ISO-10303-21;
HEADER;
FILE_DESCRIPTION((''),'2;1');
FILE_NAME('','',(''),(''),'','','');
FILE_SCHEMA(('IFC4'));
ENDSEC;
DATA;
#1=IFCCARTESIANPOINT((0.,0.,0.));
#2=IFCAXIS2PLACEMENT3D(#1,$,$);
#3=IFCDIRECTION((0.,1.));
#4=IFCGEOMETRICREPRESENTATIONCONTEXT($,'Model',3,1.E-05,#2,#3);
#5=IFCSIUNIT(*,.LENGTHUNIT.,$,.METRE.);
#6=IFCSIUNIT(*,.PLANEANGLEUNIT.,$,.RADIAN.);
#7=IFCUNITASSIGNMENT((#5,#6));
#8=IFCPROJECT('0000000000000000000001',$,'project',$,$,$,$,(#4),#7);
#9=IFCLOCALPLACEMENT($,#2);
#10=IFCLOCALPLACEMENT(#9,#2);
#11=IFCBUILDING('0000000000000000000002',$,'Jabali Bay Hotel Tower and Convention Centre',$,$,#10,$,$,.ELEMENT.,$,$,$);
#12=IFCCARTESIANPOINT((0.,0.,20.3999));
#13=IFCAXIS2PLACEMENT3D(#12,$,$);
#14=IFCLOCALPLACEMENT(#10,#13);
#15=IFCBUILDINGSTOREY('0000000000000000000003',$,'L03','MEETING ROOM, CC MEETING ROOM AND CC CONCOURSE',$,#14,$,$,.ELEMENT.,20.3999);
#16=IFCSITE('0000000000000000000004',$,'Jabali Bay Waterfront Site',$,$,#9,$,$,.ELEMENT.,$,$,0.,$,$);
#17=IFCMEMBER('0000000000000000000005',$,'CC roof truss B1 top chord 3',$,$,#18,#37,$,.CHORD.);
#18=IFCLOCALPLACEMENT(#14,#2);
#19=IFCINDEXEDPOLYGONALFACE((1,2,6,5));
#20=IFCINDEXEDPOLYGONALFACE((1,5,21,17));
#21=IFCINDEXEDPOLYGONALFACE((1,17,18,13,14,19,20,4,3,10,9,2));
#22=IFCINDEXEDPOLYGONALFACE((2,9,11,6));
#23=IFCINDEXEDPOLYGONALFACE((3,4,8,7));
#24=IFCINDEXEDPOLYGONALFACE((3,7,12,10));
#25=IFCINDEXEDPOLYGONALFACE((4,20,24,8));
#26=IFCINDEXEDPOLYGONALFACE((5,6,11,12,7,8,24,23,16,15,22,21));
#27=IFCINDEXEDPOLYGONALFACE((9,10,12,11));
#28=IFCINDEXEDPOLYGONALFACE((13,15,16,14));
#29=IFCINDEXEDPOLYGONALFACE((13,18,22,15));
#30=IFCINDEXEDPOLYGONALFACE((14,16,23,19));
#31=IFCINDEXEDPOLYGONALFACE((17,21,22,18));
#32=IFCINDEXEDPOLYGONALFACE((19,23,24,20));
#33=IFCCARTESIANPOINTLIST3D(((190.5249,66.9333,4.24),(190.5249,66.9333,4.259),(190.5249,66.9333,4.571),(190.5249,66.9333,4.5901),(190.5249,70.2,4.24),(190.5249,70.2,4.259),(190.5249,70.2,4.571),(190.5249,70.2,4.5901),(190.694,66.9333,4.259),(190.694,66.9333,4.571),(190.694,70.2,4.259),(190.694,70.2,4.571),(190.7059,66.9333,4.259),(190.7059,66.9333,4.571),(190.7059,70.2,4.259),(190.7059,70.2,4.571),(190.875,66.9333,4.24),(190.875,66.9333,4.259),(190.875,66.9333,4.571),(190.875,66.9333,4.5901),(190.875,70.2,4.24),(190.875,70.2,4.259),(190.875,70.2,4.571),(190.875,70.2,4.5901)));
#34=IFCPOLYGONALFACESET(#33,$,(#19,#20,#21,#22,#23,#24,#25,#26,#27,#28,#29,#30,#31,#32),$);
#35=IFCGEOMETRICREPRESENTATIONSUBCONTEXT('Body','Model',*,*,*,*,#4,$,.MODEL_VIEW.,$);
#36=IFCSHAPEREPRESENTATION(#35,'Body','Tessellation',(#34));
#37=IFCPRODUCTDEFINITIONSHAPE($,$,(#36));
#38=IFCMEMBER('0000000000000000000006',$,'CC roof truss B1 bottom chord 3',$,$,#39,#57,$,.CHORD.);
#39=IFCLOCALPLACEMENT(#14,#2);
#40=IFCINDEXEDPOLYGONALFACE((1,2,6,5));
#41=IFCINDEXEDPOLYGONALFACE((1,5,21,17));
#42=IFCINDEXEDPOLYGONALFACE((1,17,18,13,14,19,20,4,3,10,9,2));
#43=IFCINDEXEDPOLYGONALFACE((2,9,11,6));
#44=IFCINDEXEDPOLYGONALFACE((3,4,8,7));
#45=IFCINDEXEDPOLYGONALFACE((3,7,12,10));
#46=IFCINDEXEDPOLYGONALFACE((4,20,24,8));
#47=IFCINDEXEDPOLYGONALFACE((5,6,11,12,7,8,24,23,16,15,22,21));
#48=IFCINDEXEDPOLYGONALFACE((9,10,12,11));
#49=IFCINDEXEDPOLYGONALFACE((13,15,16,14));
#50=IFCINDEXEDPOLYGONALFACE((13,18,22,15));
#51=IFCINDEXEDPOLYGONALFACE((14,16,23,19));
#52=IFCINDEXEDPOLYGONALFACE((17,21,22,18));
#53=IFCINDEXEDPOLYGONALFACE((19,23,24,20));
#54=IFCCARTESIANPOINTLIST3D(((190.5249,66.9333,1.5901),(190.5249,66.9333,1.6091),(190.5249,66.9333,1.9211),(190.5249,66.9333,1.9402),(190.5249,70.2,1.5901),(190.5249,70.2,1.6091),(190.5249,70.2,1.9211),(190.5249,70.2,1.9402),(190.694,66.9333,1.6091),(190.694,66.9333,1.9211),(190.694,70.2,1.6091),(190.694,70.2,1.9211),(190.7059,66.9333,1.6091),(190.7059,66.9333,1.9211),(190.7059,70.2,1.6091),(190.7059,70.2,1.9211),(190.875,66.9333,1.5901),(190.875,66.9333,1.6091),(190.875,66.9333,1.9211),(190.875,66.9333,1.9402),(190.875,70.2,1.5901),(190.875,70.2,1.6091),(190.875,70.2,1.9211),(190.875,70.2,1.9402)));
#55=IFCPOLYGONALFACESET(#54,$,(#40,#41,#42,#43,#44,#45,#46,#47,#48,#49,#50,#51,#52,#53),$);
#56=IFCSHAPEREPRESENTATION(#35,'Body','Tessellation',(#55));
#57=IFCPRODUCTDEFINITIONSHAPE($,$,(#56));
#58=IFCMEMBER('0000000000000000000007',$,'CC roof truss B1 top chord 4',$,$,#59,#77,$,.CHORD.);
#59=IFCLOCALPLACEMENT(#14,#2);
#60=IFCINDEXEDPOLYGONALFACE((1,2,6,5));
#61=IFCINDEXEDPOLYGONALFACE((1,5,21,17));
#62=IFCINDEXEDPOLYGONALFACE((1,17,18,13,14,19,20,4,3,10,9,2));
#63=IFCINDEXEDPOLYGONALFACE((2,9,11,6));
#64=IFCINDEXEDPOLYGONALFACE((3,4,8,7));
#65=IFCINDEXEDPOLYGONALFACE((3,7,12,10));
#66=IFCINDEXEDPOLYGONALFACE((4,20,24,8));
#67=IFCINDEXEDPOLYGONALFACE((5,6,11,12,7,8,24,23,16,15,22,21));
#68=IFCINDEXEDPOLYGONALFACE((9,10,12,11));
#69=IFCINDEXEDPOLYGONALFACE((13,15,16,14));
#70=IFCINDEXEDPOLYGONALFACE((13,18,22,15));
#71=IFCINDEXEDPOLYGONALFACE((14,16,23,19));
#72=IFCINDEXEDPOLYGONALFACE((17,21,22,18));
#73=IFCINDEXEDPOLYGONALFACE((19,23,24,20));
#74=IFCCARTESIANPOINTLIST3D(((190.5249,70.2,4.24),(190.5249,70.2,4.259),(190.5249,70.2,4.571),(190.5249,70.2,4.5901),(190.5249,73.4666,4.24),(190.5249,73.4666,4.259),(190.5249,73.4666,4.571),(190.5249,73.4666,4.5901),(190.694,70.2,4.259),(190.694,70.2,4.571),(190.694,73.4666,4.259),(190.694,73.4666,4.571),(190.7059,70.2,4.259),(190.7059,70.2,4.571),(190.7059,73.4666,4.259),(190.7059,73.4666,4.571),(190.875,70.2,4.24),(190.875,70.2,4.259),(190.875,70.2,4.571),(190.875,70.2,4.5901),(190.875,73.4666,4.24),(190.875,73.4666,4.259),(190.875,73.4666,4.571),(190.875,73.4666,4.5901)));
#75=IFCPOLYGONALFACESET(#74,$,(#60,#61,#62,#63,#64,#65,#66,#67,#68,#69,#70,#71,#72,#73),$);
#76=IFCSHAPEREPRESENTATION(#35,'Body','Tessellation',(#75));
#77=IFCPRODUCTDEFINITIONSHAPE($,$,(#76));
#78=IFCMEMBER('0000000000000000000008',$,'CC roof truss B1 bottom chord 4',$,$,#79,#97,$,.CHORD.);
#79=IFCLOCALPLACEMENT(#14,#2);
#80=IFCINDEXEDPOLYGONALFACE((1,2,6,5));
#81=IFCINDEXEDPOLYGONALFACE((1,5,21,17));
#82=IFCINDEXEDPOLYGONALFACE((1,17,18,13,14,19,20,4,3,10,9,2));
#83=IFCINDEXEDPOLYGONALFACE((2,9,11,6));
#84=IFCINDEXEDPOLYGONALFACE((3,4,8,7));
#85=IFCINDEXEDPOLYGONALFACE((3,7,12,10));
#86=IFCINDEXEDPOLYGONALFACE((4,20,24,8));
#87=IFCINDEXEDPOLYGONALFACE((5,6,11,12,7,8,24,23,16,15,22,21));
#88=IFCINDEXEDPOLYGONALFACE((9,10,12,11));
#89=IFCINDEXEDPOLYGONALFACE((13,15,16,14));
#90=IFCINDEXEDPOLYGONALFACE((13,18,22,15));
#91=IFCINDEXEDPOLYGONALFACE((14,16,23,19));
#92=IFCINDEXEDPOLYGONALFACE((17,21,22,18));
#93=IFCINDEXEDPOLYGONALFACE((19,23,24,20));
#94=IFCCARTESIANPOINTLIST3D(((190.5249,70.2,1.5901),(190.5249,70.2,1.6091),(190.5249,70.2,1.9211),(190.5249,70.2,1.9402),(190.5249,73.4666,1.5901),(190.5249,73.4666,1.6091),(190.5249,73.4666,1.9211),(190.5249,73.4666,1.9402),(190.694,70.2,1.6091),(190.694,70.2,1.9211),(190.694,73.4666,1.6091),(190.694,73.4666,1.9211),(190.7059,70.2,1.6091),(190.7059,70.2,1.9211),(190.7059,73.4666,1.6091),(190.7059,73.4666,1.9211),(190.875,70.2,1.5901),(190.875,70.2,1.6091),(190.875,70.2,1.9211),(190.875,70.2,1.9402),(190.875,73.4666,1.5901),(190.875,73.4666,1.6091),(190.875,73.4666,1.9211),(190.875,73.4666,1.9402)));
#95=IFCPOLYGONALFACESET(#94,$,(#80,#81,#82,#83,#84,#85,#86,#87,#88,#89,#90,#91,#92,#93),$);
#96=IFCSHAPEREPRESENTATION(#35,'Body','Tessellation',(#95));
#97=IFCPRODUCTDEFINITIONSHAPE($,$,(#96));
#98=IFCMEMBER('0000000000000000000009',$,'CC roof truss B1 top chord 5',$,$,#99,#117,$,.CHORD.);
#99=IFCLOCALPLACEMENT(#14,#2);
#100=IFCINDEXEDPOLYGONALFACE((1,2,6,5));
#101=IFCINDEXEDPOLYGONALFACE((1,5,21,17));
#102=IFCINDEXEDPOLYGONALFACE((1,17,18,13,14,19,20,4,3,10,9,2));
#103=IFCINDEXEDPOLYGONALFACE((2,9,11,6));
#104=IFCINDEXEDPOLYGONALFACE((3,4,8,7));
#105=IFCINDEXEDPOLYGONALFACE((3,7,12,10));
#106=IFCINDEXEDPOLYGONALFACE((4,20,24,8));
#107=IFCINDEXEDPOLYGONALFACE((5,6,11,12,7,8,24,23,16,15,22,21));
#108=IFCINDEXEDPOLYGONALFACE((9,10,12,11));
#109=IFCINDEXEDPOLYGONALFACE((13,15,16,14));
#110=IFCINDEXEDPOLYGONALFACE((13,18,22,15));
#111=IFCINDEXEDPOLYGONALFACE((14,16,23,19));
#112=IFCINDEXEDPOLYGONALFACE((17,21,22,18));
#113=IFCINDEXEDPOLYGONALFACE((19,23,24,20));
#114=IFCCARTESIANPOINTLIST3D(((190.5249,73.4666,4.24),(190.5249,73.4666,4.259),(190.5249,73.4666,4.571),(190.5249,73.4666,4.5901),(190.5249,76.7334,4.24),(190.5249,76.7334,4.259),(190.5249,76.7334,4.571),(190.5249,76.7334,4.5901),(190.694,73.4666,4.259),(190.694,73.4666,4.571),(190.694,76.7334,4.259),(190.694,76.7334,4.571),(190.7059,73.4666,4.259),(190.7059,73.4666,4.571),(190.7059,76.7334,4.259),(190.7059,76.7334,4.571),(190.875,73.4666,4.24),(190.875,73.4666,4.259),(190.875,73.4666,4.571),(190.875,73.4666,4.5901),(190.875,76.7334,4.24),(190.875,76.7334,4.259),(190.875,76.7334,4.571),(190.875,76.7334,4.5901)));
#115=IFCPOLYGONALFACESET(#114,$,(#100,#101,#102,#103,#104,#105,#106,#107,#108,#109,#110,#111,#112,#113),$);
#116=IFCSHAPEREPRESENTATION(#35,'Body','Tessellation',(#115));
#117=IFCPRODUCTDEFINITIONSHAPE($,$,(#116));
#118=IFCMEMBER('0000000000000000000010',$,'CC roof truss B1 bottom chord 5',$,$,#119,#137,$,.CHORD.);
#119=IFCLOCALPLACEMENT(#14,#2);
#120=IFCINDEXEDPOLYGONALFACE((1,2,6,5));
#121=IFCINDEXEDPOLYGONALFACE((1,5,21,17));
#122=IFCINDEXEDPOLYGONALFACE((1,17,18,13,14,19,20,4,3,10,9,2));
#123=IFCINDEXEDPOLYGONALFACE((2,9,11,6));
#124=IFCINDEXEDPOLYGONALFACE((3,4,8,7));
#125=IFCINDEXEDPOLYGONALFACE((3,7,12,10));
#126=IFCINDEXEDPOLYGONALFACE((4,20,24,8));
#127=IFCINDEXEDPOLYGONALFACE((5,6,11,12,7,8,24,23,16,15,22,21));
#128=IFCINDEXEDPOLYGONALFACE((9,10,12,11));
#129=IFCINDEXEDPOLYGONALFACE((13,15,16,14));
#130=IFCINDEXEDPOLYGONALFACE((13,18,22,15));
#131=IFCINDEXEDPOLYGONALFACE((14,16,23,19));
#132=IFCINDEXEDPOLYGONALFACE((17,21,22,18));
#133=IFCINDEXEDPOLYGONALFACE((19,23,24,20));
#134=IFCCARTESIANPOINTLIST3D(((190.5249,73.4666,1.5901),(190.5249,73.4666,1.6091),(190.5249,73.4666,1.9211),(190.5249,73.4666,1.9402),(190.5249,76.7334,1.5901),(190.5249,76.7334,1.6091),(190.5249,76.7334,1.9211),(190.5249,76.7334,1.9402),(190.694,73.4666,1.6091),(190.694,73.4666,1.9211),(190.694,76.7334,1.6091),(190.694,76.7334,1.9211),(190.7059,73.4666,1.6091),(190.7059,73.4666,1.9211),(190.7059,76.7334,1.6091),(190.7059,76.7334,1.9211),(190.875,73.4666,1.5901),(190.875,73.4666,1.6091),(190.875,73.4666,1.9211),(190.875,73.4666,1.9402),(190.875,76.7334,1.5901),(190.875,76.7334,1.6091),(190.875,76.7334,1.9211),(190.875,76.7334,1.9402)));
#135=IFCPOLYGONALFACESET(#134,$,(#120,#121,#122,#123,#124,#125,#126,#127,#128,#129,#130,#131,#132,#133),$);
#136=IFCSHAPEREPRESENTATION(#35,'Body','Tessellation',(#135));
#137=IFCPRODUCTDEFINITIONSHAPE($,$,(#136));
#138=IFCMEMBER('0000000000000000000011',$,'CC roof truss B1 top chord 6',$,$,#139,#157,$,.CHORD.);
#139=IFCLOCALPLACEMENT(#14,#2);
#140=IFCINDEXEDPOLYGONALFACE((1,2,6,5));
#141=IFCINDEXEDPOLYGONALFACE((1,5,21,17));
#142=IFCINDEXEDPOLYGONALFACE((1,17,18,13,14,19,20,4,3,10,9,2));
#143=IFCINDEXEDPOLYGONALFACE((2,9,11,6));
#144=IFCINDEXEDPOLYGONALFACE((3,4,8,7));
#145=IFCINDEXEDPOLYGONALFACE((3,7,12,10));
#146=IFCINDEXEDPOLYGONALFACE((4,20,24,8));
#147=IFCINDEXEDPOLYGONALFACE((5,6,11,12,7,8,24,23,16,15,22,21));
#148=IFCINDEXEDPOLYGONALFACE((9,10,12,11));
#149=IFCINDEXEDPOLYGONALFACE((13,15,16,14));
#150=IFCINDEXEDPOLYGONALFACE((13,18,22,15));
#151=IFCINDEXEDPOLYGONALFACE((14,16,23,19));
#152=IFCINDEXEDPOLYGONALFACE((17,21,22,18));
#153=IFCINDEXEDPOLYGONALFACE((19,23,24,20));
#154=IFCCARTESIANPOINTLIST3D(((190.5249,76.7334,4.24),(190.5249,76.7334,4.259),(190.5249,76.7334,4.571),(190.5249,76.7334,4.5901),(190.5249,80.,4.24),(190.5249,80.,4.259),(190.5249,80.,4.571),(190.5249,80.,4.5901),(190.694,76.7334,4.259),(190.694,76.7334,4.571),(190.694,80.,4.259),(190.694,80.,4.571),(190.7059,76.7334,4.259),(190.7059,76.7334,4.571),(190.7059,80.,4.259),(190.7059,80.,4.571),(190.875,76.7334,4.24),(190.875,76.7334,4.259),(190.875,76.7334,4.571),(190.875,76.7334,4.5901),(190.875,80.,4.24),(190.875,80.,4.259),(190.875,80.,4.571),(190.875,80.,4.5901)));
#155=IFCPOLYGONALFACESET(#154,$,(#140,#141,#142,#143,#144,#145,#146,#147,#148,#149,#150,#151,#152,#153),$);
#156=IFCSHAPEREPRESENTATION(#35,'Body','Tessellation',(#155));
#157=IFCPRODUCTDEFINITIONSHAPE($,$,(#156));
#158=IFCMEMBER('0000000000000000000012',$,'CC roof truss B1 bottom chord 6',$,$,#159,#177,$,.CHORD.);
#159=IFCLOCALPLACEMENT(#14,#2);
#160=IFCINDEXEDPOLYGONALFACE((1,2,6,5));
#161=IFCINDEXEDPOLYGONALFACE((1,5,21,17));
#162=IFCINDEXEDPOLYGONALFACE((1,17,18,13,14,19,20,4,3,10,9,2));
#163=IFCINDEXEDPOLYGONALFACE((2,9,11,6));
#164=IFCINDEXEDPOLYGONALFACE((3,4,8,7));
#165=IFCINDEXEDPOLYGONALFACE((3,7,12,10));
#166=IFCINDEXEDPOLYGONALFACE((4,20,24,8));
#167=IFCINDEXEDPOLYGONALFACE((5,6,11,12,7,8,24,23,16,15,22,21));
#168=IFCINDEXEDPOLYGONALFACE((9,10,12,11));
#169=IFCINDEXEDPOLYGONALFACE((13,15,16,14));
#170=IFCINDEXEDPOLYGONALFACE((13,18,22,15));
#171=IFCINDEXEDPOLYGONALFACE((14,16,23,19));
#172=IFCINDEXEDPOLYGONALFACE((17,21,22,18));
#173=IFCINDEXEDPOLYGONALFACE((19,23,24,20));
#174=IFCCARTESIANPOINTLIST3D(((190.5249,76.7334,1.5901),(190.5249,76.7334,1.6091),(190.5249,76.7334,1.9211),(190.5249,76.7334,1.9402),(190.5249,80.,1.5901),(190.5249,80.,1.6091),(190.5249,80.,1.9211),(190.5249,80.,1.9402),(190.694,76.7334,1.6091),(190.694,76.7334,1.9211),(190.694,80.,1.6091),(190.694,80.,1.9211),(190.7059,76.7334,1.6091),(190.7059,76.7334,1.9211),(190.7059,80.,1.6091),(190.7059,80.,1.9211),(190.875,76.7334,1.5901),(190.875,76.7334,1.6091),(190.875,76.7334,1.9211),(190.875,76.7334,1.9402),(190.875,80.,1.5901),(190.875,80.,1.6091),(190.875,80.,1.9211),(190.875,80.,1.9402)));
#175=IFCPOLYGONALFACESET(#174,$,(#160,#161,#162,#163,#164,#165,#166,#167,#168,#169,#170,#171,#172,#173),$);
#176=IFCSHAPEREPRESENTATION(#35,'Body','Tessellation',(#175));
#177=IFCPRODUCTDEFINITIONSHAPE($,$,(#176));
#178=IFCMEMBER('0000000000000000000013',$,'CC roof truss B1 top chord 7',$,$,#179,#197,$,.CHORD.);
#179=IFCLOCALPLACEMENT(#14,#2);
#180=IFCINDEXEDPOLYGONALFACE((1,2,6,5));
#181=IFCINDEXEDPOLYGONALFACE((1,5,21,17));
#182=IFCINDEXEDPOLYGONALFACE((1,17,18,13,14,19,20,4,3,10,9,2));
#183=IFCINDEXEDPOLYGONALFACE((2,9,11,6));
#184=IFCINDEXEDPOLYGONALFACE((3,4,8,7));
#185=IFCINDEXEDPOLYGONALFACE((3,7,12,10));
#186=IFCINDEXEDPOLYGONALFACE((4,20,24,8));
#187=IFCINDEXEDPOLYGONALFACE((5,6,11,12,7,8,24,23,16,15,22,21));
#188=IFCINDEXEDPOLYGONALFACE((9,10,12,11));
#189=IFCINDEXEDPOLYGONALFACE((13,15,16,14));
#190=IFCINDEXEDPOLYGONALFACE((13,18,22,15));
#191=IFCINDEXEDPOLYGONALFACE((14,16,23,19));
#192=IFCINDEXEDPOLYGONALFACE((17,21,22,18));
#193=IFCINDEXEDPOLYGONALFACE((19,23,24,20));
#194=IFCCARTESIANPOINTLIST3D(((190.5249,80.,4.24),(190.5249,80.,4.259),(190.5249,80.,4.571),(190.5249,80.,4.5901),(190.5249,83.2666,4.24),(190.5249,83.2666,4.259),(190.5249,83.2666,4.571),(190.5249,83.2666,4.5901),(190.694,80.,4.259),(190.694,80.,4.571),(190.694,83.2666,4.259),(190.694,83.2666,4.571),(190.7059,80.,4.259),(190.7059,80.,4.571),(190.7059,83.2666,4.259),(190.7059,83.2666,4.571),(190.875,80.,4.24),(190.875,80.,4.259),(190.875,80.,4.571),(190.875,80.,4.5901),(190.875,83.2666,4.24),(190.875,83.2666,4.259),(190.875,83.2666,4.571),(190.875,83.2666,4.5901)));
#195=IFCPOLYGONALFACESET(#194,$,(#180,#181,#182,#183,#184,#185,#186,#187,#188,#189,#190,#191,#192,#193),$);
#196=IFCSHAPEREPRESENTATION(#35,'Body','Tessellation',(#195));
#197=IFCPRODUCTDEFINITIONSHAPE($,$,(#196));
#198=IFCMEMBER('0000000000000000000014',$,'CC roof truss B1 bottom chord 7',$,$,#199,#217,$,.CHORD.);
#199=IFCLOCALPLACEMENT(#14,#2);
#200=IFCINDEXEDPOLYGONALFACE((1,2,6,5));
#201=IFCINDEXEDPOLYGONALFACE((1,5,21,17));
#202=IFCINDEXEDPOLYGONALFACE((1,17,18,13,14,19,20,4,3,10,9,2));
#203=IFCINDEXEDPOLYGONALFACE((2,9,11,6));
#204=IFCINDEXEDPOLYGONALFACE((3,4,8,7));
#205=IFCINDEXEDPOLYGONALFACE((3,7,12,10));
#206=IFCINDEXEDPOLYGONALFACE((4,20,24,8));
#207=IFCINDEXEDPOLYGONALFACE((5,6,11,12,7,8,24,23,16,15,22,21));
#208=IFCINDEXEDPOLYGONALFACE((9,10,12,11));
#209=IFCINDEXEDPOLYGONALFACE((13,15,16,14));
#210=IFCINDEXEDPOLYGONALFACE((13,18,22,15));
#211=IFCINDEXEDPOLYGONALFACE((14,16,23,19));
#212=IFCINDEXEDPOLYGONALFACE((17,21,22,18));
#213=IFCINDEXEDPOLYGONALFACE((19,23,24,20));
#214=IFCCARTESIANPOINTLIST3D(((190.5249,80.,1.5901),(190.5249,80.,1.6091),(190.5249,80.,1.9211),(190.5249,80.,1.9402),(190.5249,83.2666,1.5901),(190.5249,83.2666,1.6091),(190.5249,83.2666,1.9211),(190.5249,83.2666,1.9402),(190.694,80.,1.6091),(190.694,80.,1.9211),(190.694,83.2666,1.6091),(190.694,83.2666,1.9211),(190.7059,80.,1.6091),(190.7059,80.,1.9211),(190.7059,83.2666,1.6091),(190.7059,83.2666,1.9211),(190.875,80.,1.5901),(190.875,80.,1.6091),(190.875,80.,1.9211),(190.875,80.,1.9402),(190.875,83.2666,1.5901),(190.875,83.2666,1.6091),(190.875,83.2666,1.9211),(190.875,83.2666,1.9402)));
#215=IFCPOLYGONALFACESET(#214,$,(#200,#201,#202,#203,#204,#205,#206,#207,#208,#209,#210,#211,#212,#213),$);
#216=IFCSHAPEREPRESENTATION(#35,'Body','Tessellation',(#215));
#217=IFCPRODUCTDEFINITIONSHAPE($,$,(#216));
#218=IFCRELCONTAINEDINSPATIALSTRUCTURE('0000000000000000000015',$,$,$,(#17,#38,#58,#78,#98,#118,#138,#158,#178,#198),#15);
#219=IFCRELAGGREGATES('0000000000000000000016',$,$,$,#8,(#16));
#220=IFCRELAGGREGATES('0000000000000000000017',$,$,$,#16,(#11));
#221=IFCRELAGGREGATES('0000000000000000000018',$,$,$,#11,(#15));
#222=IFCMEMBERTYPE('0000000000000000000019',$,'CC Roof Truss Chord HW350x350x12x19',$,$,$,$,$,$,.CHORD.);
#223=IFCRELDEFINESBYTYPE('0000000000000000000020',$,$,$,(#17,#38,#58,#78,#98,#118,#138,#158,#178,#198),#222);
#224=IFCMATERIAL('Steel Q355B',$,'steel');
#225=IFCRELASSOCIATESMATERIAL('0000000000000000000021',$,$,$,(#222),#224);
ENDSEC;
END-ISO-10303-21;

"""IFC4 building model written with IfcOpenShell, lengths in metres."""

from ifc_helpers import new_model, si_unit, direction, frame, origin, origin_2d, place, context, subcontext, project, spatial, i_section, extrude, material, material_profile, profile_set, type_object, element, save


model = new_model("IFC4")

# Units and contexts
model_context = context("Model", 3, precision=1e-05, world=origin(), true_north=direction((0.0, 1.0)))
body_context = subcontext(model_context, "Body", "Model", "MODEL_VIEW")
ifc_project = project(units=[si_unit("LENGTHUNIT", "METRE"), si_unit("PLANEANGLEUNIT", "RADIAN")], contexts=[model_context])

# Site, building, storey
site_placement = place(None, origin())
site = spatial("IfcSite", under=ifc_project, at=site_placement, Name="Jabali Bay Waterfront Site", CompositionType="ELEMENT", RefElevation=0.0)
building_placement = place(site_placement, origin())
building = spatial("IfcBuilding", under=site, at=building_placement, Name="Jabali Bay Hotel Tower and Convention Centre", CompositionType="ELEMENT")
storey_placement = place(building_placement, frame((0.0, 0.0, 20.3999)))
storey = spatial("IfcBuildingStorey", under=building, at=storey_placement, Name="L03", Description="MEETING ROOM, CC MEETING ROOM AND CC CONCOURSE", CompositionType="ELEMENT", Elevation=20.3999)

# Members
ifc_material_1 = material(Name="Steel Q355B", Category="steel")
ifc_material_profile_1 = material_profile(ifc_material_1, i_section(OverallWidth=0.3501, OverallDepth=0.3501, WebThickness=0.012, FlangeThickness=0.019, at=origin_2d()), Name="HW350x350x12x19")
ifc_profile_set_1 = profile_set([ifc_material_profile_1], Name="Steel Q355B")
member_type_1 = type_object("IfcMemberType", Name="CC Roof Truss Chord HW350x350x12x19", PredefinedType="CHORD", material=ifc_profile_set_1)
for number, where, z_axis, x_axis, name in (
    (1, (190.7, 66.9333, 4.415), (0.0, 1.0, 0.0), (-1.0, 0.0, 0.0), "CC roof truss B1 top chord 3"),
    (2, (190.7, 66.9333, 1.7651), (0.0, 1.0, 0.0), (-1.0, 0.0, 0.0), "CC roof truss B1 bottom chord 3"),
    (3, (190.7, 70.2, 4.415), (0.0, 1.0, 0.0), (-1.0, 0.0, 0.0), "CC roof truss B1 top chord 4"),
    (4, (190.7, 70.2, 1.7651), (0.0, 1.0, 0.0), (-1.0, 0.0, 0.0), "CC roof truss B1 bottom chord 4"),
):
    element("IfcMember", number, at=place(storey_placement, frame(where, z_axis=z_axis, x_axis=x_axis)), inside=storey, type_object=member_type_1, Name=name, PredefinedType="CHORD", context=body_context, shape_type="SweptSolid", body=[
        extrude(i_section(OverallWidth=0.3501, OverallDepth=0.3501, WebThickness=0.012, FlangeThickness=0.019, at=origin_2d()), origin(), (0.0, 0.0, 1.0), 3.2666),
    ])
for number, where, z_axis, x_axis, name in (
    (5, (190.7, 73.4666, 4.415), (0.0, 1.0, 0.0), (-1.0, 0.0, 0.0), "CC roof truss B1 top chord 5"),
    (6, (190.7, 73.4666, 1.7651), (0.0, 1.0, 0.0), (-1.0, 0.0, 0.0), "CC roof truss B1 bottom chord 5"),
):
    element("IfcMember", number, at=place(storey_placement, frame(where, z_axis=z_axis, x_axis=x_axis)), inside=storey, type_object=member_type_1, Name=name, PredefinedType="CHORD", context=body_context, shape_type="SweptSolid", body=[
        extrude(i_section(OverallWidth=0.3501, OverallDepth=0.3501, WebThickness=0.012, FlangeThickness=0.019, at=origin_2d()), origin(), (0.0, 0.0, 1.0), 3.2668),
    ])
for number, where, z_axis, x_axis, name in (
    (7, (190.7, 76.7334, 4.415), (0.0, 1.0, 0.0), (-1.0, 0.0, 0.0), "CC roof truss B1 top chord 6"),
    (8, (190.7, 76.7334, 1.7651), (0.0, 1.0, 0.0), (-1.0, 0.0, 0.0), "CC roof truss B1 bottom chord 6"),
    (9, (190.7, 80.0, 4.415), (0.0, 1.0, 0.0), (-1.0, 0.0, 0.0), "CC roof truss B1 top chord 7"),
    (10, (190.7, 80.0, 1.7651), (0.0, 1.0, 0.0), (-1.0, 0.0, 0.0), "CC roof truss B1 bottom chord 7"),
):
    element("IfcMember", number, at=place(storey_placement, frame(where, z_axis=z_axis, x_axis=x_axis)), inside=storey, type_object=member_type_1, Name=name, PredefinedType="CHORD", context=body_context, shape_type="SweptSolid", body=[
        extrude(i_section(OverallWidth=0.3501, OverallDepth=0.3501, WebThickness=0.012, FlangeThickness=0.019, at=origin_2d()), origin(), (0.0, 0.0, 1.0), 3.2666),
    ])

save(model, "model.ifc")
